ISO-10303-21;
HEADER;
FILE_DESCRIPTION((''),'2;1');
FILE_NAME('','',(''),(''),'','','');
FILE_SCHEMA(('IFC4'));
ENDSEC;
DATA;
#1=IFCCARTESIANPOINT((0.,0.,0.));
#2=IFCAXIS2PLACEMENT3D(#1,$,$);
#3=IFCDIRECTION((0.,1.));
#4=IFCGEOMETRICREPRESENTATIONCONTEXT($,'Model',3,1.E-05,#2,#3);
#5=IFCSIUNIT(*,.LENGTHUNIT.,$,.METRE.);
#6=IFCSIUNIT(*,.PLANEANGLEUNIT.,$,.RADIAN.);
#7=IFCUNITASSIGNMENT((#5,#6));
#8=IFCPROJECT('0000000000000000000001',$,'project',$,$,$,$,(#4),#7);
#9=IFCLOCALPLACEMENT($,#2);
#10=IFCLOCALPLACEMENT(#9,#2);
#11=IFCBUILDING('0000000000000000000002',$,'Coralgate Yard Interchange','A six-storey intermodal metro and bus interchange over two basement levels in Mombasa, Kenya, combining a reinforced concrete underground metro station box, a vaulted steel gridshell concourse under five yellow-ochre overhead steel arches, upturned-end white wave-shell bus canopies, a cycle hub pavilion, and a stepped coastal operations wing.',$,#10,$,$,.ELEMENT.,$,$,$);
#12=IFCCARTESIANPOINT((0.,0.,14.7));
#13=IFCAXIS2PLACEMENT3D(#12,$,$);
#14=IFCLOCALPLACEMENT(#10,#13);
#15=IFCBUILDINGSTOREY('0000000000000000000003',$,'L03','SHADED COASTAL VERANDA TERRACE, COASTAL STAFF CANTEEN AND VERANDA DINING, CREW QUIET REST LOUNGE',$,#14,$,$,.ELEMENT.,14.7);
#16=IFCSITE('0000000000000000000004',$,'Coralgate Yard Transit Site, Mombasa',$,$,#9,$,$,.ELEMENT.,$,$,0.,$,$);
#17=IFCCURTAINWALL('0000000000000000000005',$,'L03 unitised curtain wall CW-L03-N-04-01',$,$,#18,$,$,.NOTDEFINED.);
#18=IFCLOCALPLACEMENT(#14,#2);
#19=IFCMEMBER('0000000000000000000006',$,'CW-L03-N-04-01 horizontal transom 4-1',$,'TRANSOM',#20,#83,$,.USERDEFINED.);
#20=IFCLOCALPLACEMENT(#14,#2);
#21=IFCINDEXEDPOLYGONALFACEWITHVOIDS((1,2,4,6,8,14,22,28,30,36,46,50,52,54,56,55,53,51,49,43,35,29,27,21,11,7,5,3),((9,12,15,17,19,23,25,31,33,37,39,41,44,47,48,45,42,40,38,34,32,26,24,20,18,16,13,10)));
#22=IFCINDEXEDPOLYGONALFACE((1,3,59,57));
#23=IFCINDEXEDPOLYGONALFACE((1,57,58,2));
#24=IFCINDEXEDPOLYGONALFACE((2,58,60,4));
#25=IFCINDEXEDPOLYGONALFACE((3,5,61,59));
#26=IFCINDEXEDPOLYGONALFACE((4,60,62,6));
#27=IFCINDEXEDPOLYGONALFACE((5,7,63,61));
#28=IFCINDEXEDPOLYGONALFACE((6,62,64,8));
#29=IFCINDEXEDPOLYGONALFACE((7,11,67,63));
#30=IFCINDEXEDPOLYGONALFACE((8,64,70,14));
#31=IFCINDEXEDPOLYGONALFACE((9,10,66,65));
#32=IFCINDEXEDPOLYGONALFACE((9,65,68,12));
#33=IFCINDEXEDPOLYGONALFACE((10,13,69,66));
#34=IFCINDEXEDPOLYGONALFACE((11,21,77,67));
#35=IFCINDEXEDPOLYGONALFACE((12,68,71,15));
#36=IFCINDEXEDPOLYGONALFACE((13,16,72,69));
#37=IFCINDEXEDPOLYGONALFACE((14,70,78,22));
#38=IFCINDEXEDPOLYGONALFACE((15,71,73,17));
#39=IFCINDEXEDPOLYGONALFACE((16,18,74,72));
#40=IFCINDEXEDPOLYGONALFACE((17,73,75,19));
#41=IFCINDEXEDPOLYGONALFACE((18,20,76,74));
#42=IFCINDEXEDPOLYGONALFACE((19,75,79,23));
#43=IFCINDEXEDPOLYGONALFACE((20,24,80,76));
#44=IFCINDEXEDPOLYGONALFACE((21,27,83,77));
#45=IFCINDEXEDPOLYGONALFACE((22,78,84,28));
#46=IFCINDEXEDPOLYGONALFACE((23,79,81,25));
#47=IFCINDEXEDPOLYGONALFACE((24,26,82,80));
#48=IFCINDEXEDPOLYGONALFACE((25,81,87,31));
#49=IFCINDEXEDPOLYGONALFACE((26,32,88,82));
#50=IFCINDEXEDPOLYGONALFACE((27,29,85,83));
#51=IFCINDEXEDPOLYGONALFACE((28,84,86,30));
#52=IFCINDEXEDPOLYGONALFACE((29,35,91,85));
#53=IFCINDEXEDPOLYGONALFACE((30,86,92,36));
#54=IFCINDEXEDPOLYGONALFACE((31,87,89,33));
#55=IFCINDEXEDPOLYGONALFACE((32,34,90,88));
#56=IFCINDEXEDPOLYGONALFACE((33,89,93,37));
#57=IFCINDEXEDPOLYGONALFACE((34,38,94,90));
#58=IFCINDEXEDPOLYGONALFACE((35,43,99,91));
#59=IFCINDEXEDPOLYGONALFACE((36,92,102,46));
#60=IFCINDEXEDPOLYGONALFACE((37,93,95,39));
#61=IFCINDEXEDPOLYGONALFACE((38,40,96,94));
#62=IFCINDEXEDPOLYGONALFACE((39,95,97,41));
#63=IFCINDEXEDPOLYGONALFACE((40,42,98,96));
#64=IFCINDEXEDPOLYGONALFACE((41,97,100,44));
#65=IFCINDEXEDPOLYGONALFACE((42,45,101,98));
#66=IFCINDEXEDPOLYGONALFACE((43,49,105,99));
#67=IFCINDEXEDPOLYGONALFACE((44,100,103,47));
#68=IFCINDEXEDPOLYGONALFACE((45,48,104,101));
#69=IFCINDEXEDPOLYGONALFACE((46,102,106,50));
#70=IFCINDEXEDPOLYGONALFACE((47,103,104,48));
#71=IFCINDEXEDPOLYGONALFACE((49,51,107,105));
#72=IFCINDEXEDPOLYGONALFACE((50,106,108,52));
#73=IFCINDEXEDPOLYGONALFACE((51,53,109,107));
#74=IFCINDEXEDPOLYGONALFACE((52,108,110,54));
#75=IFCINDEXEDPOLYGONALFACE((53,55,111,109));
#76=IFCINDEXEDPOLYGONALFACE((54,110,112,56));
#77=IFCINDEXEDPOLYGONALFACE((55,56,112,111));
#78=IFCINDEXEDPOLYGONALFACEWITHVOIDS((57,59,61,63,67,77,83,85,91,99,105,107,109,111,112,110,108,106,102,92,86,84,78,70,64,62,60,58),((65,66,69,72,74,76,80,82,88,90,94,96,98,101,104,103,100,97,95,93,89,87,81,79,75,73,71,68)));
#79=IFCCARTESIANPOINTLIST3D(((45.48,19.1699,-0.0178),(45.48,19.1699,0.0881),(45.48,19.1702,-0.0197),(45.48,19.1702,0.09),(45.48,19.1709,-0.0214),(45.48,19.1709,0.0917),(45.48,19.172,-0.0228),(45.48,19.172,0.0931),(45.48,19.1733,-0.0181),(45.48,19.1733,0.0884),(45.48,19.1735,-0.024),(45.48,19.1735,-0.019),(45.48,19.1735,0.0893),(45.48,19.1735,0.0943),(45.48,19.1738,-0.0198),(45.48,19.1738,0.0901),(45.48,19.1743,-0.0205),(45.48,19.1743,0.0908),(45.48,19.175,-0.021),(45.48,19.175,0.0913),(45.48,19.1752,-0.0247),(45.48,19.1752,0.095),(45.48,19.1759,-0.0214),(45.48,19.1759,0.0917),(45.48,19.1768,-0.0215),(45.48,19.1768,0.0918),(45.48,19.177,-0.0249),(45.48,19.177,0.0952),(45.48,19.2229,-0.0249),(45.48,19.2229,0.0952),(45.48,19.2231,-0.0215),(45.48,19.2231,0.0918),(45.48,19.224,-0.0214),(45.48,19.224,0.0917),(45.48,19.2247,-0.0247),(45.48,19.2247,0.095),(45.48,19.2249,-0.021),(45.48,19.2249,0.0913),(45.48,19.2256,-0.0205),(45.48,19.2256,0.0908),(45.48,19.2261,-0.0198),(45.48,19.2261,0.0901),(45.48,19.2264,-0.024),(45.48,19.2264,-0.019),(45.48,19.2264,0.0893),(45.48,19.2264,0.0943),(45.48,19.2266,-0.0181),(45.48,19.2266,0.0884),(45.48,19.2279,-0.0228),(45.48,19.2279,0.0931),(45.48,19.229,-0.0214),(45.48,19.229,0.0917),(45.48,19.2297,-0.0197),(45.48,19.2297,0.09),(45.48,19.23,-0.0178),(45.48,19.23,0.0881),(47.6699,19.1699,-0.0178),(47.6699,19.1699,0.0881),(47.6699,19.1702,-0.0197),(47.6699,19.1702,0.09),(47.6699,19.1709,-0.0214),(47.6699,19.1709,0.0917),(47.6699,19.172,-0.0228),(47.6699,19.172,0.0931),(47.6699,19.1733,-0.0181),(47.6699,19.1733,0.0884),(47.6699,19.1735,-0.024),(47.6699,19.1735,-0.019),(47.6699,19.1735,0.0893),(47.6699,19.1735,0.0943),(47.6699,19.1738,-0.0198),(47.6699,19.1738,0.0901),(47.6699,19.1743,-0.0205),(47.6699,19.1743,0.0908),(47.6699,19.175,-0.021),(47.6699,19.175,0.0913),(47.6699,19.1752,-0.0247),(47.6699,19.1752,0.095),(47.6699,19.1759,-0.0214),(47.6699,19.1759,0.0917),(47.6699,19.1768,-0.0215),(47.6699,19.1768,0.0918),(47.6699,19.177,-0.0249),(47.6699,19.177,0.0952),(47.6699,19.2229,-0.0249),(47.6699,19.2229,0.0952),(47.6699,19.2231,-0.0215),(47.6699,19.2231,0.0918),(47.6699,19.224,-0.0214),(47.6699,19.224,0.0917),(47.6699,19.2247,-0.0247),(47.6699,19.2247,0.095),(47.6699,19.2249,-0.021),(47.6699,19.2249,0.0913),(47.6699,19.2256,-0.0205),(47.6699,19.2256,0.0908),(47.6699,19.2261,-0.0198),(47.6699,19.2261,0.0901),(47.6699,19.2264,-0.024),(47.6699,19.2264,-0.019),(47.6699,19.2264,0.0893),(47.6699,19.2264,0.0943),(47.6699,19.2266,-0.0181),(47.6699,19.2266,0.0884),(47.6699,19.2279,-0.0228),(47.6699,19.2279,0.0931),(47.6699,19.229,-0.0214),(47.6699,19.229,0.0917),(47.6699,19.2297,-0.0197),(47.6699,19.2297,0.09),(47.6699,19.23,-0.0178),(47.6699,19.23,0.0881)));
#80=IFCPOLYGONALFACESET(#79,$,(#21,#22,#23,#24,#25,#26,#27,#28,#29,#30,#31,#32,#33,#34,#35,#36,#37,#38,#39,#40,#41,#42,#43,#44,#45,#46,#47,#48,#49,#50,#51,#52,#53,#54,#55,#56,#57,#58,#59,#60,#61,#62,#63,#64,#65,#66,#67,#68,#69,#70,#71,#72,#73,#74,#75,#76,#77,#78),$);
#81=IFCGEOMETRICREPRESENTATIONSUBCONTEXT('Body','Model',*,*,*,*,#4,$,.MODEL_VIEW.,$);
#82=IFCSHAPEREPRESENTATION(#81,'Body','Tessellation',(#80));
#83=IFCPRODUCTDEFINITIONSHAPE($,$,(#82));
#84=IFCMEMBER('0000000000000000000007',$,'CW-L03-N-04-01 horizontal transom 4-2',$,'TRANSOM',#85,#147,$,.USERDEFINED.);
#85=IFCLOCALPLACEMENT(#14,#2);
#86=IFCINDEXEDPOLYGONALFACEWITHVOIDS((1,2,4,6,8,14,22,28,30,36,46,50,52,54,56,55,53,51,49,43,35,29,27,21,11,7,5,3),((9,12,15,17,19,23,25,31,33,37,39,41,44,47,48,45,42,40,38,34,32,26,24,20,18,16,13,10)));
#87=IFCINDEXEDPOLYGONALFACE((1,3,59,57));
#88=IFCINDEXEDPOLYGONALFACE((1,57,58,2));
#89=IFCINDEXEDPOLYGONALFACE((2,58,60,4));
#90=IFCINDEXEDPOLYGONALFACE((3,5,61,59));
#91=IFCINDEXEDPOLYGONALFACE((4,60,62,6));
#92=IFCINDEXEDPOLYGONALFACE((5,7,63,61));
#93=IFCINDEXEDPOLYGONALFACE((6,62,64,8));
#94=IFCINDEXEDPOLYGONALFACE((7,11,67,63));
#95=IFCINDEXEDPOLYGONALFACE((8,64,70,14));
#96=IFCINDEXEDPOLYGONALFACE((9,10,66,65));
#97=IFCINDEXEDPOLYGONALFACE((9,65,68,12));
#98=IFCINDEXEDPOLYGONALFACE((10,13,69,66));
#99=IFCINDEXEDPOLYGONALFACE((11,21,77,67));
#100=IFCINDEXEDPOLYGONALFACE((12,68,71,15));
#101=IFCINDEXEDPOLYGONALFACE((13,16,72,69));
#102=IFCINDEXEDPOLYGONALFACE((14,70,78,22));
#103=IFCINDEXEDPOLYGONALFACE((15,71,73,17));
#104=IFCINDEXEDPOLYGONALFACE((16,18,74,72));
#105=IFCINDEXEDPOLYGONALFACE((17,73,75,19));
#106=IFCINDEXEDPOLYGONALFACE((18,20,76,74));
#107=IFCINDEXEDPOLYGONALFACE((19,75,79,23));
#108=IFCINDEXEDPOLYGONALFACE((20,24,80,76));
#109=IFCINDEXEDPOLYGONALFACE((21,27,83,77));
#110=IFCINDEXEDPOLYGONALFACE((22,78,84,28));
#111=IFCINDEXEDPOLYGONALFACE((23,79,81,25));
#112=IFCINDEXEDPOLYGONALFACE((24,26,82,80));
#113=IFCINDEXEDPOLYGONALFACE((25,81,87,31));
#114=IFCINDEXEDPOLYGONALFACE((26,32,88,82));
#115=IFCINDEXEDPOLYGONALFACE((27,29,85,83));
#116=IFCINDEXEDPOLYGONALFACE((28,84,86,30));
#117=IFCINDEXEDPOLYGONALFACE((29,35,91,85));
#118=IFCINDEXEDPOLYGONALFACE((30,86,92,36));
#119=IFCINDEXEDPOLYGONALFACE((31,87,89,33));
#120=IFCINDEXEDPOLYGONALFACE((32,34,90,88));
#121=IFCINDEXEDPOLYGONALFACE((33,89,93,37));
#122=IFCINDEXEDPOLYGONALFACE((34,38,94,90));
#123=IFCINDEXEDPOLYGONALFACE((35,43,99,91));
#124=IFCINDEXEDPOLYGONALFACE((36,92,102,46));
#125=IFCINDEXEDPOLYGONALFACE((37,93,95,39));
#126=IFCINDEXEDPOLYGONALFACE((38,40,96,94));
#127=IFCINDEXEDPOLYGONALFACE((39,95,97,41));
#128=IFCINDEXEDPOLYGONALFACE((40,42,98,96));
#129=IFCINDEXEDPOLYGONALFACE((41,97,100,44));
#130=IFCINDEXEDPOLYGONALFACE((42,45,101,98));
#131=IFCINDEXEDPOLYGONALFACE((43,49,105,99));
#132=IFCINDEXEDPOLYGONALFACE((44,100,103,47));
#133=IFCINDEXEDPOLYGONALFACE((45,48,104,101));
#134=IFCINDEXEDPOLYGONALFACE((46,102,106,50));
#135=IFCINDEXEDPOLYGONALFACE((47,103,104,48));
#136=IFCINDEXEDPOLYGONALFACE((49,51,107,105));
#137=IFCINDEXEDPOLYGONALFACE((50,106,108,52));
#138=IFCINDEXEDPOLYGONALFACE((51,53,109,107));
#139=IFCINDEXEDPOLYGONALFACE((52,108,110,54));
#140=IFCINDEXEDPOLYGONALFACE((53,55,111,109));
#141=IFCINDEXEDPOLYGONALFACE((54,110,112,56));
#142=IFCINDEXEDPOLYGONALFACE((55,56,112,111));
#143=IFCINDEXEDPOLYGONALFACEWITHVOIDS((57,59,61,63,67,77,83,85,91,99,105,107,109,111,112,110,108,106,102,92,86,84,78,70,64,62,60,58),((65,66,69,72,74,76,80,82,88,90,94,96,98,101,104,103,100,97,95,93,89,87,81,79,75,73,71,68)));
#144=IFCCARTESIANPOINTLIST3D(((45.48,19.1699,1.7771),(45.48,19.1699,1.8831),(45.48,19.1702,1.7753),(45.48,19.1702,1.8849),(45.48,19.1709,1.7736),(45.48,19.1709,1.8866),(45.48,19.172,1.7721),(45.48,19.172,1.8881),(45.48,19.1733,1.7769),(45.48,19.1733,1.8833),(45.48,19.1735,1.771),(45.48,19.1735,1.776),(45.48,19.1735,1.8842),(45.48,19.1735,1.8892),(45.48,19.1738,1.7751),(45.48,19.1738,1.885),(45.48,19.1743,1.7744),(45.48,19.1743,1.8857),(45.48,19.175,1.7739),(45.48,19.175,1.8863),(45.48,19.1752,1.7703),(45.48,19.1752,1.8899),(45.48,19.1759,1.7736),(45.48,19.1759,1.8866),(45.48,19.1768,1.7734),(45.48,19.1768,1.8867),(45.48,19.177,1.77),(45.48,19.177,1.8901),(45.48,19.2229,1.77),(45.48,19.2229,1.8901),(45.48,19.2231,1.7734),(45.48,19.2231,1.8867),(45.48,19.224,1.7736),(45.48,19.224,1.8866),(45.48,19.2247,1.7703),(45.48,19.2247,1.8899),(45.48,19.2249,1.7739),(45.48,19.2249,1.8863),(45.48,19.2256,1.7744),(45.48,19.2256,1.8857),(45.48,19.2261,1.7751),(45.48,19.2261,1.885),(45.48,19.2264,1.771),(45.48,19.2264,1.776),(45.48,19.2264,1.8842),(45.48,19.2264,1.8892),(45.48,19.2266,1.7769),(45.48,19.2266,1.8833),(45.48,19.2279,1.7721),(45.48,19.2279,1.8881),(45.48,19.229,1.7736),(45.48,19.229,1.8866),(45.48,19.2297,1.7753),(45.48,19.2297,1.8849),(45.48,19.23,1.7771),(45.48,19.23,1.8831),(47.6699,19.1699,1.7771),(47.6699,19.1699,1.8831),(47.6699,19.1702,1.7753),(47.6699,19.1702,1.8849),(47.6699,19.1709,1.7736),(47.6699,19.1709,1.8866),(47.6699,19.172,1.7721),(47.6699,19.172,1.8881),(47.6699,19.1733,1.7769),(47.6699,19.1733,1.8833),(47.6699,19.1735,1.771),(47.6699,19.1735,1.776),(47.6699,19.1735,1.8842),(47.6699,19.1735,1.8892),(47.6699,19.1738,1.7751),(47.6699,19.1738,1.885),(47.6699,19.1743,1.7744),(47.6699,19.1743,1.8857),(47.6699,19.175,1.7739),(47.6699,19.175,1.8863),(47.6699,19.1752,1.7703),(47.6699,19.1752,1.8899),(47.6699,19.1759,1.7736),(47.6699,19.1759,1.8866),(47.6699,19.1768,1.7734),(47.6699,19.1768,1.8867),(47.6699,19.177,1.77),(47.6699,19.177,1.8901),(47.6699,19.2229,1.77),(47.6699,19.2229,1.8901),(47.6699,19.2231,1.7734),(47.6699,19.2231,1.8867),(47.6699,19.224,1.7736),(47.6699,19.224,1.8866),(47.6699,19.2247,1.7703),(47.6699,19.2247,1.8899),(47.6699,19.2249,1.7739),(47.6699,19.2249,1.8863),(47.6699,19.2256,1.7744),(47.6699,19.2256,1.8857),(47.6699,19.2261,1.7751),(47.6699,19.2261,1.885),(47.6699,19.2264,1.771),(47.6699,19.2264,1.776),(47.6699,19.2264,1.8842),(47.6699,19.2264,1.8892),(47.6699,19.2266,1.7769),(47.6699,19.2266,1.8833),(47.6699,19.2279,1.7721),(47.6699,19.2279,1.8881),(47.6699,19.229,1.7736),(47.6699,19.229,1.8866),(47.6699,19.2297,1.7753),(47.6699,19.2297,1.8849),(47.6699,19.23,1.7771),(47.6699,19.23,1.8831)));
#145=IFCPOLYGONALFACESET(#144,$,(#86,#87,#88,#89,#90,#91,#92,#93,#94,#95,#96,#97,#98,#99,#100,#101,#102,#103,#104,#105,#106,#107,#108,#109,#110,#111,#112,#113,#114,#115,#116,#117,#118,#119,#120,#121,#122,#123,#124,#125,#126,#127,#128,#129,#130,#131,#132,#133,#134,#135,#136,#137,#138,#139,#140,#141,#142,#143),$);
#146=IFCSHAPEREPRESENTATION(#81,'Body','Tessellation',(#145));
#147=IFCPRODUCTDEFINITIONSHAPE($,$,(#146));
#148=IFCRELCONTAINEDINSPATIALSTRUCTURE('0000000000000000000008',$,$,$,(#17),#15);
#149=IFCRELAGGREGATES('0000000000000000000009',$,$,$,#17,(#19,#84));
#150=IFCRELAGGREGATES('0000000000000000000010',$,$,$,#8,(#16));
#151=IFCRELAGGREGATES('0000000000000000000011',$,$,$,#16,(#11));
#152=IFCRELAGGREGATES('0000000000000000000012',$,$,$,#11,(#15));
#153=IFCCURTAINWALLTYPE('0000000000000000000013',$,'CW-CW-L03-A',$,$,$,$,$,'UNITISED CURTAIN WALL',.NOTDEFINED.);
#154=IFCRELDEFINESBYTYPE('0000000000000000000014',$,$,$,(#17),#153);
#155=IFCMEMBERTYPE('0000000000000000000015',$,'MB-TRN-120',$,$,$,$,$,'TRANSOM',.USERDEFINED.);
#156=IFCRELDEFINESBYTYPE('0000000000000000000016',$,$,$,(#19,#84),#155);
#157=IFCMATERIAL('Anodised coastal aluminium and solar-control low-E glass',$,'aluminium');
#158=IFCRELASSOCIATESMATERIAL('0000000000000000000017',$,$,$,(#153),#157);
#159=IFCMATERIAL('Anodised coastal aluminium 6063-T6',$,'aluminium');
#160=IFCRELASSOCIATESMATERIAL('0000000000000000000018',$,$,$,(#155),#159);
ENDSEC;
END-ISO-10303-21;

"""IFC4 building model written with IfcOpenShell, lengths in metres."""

from ifc_helpers import new_model, si_unit, direction, frame, origin, origin_2d, place, context, subcontext, project, spatial, hollow_rectangle, extrude, material, material_profile, profile_set, type_object, element, aggregate, save


model = new_model("IFC4")

# Units and contexts
model_context = context("Model", 3, precision=1e-05, world=origin(), true_north=direction((0.0, 1.0)))
body_context = subcontext(model_context, "Body", "Model", "MODEL_VIEW")
ifc_project = project(units=[si_unit("LENGTHUNIT", "METRE"), si_unit("PLANEANGLEUNIT", "RADIAN")], contexts=[model_context])

# Site, building, storey
site_placement = place(None, origin())
site = spatial("IfcSite", under=ifc_project, at=site_placement, Name="Coralgate Yard Transit Site, Mombasa", CompositionType="ELEMENT", RefElevation=0.0)
building_placement = place(site_placement, origin())
building = spatial("IfcBuilding", under=site, at=building_placement, Name="Coralgate Yard Interchange", Description="A six-storey intermodal metro and bus interchange over two basement levels in Mombasa, Kenya, combining a reinforced concrete underground metro station box, a vaulted steel gridshell concourse under five yellow-ochre overhead steel arches, upturned-end white wave-shell bus canopies, a cycle hub pavilion, and a stepped coastal operations wing.", CompositionType="ELEMENT")
storey_placement = place(building_placement, frame((0.0, 0.0, 14.7)))
storey = spatial("IfcBuildingStorey", under=building, at=storey_placement, Name="L03", Description="SHADED COASTAL VERANDA TERRACE, COASTAL STAFF CANTEEN AND VERANDA DINING, CREW QUIET REST LOUNGE", CompositionType="ELEMENT", Elevation=14.7)

# Curtain wall, members
ifc_material_1 = material(Name="Anodised coastal aluminium and solar-control low-E glass", Category="aluminium")
curtain_wall_type = type_object("IfcCurtainWallType", Name="CW-CW-L03-A", ElementType="UNITISED CURTAIN WALL", PredefinedType="NOTDEFINED", material=ifc_material_1)
curtain_wall_placement = place(storey_placement, origin())
curtain_wall = element("IfcCurtainWall", 1, at=curtain_wall_placement, inside=storey, type_object=curtain_wall_type, Name="L03 unitised curtain wall CW-L03-N-04-01", PredefinedType="NOTDEFINED")
ifc_material_2 = material(Name="Anodised coastal aluminium 6063-T6", Category="aluminium")
ifc_material_profile_1 = material_profile(ifc_material_2, hollow_rectangle(XDim=0.0601, YDim=0.1201, WallThickness=0.0034, InnerFilletRadius=0.0034, OuterFilletRadius=0.0071, at=origin_2d()), Name="ALU 60x120x3.5")
ifc_profile_set_1 = profile_set([ifc_material_profile_1], Name="Anodised coastal aluminium 6063-T6")
member_type_1 = type_object("IfcMemberType", Name="MB-TRN-120", ElementType="TRANSOM", PredefinedType="USERDEFINED", material=ifc_profile_set_1)
member_1_placement = place(storey_placement, frame((45.48, 19.2, 0.0352), z_axis=(1.0, 0.0, 0.0), x_axis=(0.0, 1.0, 0.0)))
member_1 = element("IfcMember", 2, at=member_1_placement, type_object=member_type_1, Name="CW-L03-N-04-01 horizontal transom 4-1", ObjectType="TRANSOM", PredefinedType="USERDEFINED", context=body_context, shape_type="SweptSolid", body=[
    extrude(hollow_rectangle(XDim=0.0601, YDim=0.1201, WallThickness=0.0034, InnerFilletRadius=0.0034, OuterFilletRadius=0.0071, at=origin_2d()), origin(), (0.0, 0.0, 1.0), 2.1899),
])
member_2_placement = place(storey_placement, frame((45.48, 19.2, 1.8301), z_axis=(1.0, 0.0, 0.0), x_axis=(0.0, 1.0, 0.0)))
member_2 = element("IfcMember", 3, at=member_2_placement, type_object=member_type_1, Name="CW-L03-N-04-01 horizontal transom 4-2", ObjectType="TRANSOM", PredefinedType="USERDEFINED", context=body_context, shape_type="SweptSolid", body=[
    extrude(hollow_rectangle(XDim=0.0601, YDim=0.1201, WallThickness=0.0034, InnerFilletRadius=0.0034, OuterFilletRadius=0.0071, at=origin_2d()), origin(), (0.0, 0.0, 1.0), 2.1899),
])
aggregate(curtain_wall, [member_1, member_2])

save(model, "model.ifc")
